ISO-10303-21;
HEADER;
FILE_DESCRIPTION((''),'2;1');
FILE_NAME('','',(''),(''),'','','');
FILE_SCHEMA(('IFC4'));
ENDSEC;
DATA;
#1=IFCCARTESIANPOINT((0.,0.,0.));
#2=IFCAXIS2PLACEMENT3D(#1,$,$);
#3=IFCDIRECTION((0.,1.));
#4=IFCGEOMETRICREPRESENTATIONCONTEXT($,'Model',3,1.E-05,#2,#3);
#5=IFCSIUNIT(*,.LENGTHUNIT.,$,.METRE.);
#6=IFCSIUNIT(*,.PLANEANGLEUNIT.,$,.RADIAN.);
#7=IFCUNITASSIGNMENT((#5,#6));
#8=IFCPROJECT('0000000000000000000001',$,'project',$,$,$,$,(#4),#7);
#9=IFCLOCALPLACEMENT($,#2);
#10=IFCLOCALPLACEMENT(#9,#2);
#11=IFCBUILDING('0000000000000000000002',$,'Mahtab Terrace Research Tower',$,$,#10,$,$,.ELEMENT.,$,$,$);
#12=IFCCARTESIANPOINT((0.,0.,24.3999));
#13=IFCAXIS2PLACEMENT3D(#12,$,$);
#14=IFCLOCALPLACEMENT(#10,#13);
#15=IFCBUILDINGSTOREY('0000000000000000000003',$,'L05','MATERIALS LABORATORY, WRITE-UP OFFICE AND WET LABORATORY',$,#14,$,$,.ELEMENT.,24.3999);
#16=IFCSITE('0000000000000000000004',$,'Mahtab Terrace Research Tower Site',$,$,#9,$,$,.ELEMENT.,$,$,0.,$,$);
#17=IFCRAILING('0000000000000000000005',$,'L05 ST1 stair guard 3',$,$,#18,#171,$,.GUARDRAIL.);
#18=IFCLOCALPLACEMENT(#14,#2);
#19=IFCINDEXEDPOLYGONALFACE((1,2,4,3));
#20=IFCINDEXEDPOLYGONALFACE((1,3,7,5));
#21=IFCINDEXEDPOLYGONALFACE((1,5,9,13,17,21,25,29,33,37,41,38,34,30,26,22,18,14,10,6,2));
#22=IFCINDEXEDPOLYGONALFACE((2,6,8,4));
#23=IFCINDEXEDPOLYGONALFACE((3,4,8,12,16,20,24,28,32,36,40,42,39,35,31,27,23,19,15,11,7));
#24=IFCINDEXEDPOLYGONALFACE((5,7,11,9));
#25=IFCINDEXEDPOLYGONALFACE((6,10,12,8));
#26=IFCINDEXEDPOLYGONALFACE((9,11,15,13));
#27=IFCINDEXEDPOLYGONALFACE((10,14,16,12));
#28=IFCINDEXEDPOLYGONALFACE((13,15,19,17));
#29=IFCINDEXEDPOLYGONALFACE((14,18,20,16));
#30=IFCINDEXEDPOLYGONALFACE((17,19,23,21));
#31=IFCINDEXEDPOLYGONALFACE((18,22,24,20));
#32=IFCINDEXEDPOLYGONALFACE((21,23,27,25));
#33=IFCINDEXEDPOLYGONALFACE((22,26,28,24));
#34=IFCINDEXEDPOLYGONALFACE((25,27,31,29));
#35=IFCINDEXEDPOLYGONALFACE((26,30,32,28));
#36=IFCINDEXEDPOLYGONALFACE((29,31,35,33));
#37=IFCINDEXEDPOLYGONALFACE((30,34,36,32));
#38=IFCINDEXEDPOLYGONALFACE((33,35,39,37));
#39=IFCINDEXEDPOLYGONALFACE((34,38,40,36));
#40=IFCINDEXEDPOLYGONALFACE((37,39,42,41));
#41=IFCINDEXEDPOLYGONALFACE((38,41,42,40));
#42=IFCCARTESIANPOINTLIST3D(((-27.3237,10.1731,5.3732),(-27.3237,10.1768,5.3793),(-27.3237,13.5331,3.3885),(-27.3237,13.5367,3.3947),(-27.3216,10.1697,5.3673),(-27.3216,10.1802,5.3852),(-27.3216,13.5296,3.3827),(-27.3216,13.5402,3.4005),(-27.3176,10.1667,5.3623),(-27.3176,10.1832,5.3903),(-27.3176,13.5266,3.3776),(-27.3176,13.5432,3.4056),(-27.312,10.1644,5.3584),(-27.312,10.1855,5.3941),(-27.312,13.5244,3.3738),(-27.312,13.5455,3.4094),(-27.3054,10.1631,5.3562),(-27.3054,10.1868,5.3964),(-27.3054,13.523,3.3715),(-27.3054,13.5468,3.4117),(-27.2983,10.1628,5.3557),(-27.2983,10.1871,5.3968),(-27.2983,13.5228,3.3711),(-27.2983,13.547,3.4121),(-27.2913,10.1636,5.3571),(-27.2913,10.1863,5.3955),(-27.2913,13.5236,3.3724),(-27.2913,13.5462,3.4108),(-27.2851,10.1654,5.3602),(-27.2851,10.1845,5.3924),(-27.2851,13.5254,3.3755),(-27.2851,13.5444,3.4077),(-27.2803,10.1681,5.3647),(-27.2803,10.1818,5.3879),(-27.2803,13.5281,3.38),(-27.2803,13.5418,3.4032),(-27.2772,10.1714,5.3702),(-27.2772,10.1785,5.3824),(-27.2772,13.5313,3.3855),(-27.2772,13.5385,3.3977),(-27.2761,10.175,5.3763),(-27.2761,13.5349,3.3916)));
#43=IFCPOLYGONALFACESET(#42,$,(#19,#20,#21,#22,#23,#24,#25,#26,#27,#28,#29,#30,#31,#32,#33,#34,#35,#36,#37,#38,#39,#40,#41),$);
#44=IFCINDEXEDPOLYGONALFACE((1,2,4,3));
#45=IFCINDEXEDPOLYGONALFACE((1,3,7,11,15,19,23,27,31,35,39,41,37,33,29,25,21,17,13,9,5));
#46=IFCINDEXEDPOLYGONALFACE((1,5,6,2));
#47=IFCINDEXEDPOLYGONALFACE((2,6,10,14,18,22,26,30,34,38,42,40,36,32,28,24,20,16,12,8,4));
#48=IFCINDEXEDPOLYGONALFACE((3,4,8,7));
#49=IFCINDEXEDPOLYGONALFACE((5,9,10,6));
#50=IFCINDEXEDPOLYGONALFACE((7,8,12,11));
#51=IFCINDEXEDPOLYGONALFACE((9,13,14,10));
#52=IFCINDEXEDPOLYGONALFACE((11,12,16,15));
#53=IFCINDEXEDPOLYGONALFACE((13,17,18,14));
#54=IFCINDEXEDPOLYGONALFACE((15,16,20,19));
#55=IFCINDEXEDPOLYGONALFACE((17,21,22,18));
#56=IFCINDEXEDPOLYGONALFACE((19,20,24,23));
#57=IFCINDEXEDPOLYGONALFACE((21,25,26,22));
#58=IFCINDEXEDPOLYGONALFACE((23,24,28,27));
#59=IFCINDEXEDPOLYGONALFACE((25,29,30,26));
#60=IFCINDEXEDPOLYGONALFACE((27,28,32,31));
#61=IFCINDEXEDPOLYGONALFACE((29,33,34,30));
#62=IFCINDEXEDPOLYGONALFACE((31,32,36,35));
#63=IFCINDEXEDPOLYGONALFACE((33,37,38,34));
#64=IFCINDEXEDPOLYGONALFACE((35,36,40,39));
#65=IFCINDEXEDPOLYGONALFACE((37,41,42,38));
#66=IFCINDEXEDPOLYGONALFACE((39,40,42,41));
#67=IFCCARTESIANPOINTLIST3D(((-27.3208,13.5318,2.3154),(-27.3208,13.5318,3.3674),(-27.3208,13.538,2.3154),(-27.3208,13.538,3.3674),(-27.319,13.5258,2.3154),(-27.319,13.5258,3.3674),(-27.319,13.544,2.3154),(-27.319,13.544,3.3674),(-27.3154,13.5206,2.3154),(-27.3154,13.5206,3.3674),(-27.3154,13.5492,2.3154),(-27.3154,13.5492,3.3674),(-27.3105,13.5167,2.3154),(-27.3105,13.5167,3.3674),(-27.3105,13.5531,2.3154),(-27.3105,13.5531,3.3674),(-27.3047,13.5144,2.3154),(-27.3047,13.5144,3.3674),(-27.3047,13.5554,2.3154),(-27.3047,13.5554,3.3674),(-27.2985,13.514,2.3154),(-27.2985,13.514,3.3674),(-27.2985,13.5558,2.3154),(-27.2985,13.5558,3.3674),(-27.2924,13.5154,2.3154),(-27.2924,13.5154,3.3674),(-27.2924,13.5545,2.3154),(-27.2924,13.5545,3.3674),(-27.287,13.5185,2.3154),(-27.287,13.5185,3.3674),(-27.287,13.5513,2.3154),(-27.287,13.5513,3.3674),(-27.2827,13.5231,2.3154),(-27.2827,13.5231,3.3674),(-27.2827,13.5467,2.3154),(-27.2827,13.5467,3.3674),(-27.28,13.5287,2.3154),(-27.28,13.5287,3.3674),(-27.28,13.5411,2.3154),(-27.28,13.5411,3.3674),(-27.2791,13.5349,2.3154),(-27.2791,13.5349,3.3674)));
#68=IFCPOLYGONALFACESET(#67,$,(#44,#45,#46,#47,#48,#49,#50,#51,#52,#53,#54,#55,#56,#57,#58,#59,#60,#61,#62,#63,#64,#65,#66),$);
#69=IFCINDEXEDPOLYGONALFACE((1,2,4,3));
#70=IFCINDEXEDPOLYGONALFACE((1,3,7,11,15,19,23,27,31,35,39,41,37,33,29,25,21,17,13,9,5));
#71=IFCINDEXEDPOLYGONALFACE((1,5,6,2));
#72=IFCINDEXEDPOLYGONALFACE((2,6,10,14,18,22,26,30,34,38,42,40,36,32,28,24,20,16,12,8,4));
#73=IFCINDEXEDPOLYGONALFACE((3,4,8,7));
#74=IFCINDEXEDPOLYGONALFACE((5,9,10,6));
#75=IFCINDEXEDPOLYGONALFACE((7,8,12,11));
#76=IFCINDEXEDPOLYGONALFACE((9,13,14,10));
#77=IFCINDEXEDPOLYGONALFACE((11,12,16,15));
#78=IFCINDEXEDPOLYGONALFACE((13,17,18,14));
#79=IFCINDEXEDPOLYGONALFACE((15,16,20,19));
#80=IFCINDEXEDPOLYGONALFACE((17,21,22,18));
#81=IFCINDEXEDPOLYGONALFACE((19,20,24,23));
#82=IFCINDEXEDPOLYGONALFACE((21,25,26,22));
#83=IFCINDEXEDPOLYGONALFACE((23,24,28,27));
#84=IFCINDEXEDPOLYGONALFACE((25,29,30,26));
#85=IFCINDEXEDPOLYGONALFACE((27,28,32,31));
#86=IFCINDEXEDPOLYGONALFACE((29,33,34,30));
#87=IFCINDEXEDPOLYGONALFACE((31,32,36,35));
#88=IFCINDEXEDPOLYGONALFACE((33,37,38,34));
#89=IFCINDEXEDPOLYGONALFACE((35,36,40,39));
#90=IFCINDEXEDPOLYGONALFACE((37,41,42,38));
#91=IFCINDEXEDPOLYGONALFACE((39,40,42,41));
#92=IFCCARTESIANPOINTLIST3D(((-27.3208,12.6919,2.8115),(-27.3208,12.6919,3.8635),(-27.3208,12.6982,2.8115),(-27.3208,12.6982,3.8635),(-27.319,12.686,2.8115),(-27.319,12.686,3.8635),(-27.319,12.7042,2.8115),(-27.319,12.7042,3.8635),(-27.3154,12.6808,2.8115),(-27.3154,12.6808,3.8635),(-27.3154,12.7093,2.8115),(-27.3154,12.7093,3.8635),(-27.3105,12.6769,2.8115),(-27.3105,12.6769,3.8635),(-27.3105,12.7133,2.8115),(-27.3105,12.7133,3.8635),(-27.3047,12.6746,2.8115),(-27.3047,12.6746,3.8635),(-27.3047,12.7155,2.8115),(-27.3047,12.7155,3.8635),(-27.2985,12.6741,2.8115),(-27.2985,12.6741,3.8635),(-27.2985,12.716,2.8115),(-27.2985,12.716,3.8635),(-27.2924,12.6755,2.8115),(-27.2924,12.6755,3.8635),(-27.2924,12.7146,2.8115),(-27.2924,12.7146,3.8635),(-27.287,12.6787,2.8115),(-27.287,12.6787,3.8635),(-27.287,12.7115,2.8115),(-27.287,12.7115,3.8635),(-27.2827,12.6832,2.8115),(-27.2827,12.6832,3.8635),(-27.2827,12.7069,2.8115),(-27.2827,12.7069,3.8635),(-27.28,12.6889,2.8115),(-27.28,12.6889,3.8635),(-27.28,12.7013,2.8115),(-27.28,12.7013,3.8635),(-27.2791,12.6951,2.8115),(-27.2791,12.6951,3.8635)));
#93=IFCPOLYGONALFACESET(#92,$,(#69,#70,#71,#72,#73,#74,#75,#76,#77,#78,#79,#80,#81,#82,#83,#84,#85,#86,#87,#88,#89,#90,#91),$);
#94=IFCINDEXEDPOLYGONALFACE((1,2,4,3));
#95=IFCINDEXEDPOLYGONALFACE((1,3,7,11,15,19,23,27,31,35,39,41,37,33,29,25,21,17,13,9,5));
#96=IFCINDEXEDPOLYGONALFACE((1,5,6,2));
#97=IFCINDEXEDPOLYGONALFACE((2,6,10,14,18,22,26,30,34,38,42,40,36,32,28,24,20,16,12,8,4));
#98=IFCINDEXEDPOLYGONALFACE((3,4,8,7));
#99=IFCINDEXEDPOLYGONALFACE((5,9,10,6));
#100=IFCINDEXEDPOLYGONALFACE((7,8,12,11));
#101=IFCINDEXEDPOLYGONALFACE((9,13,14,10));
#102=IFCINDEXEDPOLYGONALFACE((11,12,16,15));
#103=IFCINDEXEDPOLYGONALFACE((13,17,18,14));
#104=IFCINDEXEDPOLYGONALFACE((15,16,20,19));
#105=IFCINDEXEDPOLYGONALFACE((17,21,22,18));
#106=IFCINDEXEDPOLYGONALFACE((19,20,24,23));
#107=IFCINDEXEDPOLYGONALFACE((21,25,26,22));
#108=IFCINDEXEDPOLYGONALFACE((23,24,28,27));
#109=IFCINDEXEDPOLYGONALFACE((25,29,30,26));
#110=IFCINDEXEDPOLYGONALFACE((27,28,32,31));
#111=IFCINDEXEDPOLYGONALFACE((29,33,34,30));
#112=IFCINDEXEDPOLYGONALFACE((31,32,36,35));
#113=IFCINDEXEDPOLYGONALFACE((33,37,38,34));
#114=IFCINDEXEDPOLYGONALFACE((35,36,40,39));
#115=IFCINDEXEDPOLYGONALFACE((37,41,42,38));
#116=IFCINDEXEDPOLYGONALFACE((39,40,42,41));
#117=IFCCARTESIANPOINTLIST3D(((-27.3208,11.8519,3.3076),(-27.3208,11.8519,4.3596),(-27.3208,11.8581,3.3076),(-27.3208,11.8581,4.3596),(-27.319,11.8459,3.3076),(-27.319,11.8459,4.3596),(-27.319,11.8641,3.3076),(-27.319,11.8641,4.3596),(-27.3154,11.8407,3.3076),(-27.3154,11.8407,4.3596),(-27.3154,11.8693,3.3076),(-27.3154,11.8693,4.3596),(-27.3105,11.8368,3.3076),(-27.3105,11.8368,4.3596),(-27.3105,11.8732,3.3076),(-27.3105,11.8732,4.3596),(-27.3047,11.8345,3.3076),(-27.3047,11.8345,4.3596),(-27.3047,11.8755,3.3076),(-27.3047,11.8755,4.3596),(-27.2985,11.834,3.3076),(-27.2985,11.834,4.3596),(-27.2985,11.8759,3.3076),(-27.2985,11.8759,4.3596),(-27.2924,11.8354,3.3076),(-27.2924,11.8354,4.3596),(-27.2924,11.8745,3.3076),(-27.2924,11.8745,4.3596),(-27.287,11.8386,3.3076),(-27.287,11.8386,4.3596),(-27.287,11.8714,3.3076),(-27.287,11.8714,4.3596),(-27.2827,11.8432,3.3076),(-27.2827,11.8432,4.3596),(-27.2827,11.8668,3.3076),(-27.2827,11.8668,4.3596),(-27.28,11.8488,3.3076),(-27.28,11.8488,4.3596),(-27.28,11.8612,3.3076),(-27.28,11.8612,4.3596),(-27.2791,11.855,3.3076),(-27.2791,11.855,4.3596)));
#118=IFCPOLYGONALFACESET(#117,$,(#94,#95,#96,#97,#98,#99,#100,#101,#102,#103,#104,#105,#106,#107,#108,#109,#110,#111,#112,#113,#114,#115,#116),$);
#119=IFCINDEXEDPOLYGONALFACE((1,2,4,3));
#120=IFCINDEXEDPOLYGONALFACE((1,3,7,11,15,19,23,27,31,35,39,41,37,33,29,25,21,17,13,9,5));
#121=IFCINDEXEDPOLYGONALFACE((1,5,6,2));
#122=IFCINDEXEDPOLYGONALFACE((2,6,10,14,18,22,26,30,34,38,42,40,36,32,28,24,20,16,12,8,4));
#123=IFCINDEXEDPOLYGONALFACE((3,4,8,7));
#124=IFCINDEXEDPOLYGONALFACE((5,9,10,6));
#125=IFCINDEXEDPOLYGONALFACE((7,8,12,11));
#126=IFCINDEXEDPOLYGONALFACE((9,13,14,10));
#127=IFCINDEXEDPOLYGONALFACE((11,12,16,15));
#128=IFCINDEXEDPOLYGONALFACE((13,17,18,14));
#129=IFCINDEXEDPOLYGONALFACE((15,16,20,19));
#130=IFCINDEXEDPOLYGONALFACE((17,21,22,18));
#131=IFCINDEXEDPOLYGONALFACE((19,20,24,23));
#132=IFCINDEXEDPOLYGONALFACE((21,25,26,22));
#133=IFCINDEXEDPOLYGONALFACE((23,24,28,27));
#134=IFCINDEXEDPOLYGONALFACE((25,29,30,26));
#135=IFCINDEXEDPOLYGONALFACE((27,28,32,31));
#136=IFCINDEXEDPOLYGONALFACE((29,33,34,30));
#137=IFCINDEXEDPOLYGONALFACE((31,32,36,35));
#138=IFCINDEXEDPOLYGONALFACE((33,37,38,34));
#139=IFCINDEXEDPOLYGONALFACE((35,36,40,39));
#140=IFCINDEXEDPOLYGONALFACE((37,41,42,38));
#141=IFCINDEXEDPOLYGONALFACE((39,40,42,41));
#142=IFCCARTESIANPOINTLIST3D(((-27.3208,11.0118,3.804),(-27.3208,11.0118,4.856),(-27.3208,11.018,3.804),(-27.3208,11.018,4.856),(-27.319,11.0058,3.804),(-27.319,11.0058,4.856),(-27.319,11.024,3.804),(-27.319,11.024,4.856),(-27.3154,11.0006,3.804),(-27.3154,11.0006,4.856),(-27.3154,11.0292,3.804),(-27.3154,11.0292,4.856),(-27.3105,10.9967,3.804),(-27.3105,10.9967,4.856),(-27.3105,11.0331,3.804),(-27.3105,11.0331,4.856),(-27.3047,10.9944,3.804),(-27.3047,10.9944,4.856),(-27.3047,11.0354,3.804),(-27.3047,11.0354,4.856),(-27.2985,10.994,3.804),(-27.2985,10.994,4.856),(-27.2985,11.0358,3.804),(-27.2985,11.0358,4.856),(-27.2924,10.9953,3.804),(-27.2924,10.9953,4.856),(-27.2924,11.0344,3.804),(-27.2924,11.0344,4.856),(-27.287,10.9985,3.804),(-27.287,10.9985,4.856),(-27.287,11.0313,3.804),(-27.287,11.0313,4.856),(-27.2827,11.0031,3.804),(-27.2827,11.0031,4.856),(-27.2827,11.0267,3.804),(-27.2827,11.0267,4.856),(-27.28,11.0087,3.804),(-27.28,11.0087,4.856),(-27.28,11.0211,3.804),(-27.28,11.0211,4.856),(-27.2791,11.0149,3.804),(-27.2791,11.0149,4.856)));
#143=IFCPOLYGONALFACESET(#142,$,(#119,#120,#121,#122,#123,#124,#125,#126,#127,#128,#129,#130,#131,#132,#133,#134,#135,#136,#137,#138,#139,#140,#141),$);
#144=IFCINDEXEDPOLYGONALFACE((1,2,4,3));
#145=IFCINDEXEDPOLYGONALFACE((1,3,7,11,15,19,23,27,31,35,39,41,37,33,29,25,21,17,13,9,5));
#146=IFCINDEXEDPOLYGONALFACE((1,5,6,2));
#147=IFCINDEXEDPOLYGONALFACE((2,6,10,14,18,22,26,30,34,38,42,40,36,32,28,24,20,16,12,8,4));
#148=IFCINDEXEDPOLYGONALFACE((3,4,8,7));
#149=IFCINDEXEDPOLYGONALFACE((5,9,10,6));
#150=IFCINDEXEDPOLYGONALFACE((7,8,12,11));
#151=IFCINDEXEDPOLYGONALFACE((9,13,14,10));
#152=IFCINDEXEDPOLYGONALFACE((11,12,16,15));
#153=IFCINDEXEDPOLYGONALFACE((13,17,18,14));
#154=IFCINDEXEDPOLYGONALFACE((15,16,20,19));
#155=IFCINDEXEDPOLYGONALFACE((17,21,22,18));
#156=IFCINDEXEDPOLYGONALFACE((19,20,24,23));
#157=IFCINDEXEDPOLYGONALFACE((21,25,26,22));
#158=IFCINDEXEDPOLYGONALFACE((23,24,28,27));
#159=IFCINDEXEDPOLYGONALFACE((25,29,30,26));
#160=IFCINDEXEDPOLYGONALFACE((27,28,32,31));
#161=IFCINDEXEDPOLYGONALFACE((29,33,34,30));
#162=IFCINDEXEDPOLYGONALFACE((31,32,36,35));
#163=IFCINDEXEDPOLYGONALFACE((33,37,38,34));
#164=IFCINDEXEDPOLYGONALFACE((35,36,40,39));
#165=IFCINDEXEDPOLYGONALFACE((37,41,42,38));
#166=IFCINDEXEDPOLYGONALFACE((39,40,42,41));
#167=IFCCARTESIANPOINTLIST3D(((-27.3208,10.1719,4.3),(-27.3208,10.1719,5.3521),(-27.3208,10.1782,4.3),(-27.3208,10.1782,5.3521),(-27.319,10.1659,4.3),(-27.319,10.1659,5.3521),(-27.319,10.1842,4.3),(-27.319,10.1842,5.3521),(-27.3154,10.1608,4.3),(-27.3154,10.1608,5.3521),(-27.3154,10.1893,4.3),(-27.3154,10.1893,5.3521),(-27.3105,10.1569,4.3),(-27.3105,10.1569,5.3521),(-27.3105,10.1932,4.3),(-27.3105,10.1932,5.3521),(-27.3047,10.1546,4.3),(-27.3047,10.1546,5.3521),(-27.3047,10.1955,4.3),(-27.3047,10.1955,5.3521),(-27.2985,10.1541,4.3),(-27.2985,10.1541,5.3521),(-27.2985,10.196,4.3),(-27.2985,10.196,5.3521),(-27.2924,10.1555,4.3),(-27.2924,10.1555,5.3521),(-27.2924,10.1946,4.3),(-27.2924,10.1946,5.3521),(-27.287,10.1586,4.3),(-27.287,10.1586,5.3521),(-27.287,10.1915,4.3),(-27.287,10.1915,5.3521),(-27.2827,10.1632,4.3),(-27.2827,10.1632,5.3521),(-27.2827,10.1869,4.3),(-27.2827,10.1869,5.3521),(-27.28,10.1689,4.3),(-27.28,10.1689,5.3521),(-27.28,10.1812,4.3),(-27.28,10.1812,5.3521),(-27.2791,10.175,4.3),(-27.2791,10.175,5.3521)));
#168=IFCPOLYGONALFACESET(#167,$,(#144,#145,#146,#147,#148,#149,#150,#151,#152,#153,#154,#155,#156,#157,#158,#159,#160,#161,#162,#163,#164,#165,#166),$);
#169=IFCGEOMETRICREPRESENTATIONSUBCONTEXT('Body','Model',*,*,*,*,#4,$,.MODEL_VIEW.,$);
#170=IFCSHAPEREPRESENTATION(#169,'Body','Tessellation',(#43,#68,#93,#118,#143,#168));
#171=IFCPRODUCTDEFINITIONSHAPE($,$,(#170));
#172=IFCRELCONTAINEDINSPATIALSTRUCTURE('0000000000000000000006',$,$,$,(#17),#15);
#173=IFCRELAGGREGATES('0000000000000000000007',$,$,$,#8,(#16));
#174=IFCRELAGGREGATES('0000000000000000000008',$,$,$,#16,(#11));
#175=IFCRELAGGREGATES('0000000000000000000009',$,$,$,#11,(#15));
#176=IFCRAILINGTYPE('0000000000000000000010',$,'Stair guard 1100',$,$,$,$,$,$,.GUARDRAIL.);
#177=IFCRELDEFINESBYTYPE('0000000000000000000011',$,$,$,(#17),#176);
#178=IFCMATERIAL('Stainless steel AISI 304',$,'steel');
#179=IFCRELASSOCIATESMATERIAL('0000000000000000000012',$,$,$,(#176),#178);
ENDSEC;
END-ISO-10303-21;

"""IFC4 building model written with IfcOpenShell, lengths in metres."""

from ifc_helpers import new_model, si_unit, direction, frame, origin, origin_2d, place, context, subcontext, project, spatial, circle, extrude, material, type_object, element, save


model = new_model("IFC4")

# Units and contexts
model_context = context("Model", 3, precision=1e-05, world=origin(), true_north=direction((0.0, 1.0)))
body_context = subcontext(model_context, "Body", "Model", "MODEL_VIEW")
ifc_project = project(units=[si_unit("LENGTHUNIT", "METRE"), si_unit("PLANEANGLEUNIT", "RADIAN")], contexts=[model_context])

# Site, building, storey
site_placement = place(None, origin())
site = spatial("IfcSite", under=ifc_project, at=site_placement, Name="Mahtab Terrace Research Tower Site", CompositionType="ELEMENT", RefElevation=0.0)
building_placement = place(site_placement, origin())
building = spatial("IfcBuilding", under=site, at=building_placement, Name="Mahtab Terrace Research Tower", CompositionType="ELEMENT")
storey_placement = place(building_placement, frame((0.0, 0.0, 24.3999)))
storey = spatial("IfcBuildingStorey", under=building, at=storey_placement, Name="L05", Description="MATERIALS LABORATORY, WRITE-UP OFFICE AND WET LABORATORY", CompositionType="ELEMENT", Elevation=24.3999)

# Shared definitions
ifc_material_1 = material(Name="Stainless steel AISI 304", Category="steel")

# Railing
railing_type_1 = type_object("IfcRailingType", Name="Stair guard 1100", PredefinedType="GUARDRAIL", material=ifc_material_1)
railing_1_placement = place(storey_placement, frame((-27.3, 13.5349, 2.3154)))
element("IfcRailing", 1, at=railing_1_placement, inside=storey, type_object=railing_type_1, Name="L05 ST1 stair guard 3", PredefinedType="GUARDRAIL", context=body_context, shape_type="SweptSolid", body=[
    extrude(circle(Radius=0.0239, at=origin_2d()), frame((0.0, 0.0, 1.0762), z_axis=(0.0, -0.861011, 0.508586), x_axis=(1.0, 0.0, 0.0)), (0.0, 0.0, 1.0), 3.9023),
    extrude(circle(Radius=0.021, at=origin_2d()), origin(), (0.0, 0.0, 1.0), 1.052),
    extrude(circle(Radius=0.021, at=origin_2d()), frame((0.0, -0.8398, 0.4961)), (0.0, 0.0, 1.0), 1.052),
    extrude(circle(Radius=0.021, at=origin_2d()), frame((0.0, -1.6799, 0.9922)), (0.0, 0.0, 1.0), 1.052),
    extrude(circle(Radius=0.021, at=origin_2d()), frame((0.0, -2.52, 1.4885)), (0.0, 0.0, 1.0), 1.052),
    extrude(circle(Radius=0.021, at=origin_2d()), frame((0.0, -3.3599, 1.9846)), (0.0, 0.0, 1.0), 1.052),
])

save(model, "model.ifc")
